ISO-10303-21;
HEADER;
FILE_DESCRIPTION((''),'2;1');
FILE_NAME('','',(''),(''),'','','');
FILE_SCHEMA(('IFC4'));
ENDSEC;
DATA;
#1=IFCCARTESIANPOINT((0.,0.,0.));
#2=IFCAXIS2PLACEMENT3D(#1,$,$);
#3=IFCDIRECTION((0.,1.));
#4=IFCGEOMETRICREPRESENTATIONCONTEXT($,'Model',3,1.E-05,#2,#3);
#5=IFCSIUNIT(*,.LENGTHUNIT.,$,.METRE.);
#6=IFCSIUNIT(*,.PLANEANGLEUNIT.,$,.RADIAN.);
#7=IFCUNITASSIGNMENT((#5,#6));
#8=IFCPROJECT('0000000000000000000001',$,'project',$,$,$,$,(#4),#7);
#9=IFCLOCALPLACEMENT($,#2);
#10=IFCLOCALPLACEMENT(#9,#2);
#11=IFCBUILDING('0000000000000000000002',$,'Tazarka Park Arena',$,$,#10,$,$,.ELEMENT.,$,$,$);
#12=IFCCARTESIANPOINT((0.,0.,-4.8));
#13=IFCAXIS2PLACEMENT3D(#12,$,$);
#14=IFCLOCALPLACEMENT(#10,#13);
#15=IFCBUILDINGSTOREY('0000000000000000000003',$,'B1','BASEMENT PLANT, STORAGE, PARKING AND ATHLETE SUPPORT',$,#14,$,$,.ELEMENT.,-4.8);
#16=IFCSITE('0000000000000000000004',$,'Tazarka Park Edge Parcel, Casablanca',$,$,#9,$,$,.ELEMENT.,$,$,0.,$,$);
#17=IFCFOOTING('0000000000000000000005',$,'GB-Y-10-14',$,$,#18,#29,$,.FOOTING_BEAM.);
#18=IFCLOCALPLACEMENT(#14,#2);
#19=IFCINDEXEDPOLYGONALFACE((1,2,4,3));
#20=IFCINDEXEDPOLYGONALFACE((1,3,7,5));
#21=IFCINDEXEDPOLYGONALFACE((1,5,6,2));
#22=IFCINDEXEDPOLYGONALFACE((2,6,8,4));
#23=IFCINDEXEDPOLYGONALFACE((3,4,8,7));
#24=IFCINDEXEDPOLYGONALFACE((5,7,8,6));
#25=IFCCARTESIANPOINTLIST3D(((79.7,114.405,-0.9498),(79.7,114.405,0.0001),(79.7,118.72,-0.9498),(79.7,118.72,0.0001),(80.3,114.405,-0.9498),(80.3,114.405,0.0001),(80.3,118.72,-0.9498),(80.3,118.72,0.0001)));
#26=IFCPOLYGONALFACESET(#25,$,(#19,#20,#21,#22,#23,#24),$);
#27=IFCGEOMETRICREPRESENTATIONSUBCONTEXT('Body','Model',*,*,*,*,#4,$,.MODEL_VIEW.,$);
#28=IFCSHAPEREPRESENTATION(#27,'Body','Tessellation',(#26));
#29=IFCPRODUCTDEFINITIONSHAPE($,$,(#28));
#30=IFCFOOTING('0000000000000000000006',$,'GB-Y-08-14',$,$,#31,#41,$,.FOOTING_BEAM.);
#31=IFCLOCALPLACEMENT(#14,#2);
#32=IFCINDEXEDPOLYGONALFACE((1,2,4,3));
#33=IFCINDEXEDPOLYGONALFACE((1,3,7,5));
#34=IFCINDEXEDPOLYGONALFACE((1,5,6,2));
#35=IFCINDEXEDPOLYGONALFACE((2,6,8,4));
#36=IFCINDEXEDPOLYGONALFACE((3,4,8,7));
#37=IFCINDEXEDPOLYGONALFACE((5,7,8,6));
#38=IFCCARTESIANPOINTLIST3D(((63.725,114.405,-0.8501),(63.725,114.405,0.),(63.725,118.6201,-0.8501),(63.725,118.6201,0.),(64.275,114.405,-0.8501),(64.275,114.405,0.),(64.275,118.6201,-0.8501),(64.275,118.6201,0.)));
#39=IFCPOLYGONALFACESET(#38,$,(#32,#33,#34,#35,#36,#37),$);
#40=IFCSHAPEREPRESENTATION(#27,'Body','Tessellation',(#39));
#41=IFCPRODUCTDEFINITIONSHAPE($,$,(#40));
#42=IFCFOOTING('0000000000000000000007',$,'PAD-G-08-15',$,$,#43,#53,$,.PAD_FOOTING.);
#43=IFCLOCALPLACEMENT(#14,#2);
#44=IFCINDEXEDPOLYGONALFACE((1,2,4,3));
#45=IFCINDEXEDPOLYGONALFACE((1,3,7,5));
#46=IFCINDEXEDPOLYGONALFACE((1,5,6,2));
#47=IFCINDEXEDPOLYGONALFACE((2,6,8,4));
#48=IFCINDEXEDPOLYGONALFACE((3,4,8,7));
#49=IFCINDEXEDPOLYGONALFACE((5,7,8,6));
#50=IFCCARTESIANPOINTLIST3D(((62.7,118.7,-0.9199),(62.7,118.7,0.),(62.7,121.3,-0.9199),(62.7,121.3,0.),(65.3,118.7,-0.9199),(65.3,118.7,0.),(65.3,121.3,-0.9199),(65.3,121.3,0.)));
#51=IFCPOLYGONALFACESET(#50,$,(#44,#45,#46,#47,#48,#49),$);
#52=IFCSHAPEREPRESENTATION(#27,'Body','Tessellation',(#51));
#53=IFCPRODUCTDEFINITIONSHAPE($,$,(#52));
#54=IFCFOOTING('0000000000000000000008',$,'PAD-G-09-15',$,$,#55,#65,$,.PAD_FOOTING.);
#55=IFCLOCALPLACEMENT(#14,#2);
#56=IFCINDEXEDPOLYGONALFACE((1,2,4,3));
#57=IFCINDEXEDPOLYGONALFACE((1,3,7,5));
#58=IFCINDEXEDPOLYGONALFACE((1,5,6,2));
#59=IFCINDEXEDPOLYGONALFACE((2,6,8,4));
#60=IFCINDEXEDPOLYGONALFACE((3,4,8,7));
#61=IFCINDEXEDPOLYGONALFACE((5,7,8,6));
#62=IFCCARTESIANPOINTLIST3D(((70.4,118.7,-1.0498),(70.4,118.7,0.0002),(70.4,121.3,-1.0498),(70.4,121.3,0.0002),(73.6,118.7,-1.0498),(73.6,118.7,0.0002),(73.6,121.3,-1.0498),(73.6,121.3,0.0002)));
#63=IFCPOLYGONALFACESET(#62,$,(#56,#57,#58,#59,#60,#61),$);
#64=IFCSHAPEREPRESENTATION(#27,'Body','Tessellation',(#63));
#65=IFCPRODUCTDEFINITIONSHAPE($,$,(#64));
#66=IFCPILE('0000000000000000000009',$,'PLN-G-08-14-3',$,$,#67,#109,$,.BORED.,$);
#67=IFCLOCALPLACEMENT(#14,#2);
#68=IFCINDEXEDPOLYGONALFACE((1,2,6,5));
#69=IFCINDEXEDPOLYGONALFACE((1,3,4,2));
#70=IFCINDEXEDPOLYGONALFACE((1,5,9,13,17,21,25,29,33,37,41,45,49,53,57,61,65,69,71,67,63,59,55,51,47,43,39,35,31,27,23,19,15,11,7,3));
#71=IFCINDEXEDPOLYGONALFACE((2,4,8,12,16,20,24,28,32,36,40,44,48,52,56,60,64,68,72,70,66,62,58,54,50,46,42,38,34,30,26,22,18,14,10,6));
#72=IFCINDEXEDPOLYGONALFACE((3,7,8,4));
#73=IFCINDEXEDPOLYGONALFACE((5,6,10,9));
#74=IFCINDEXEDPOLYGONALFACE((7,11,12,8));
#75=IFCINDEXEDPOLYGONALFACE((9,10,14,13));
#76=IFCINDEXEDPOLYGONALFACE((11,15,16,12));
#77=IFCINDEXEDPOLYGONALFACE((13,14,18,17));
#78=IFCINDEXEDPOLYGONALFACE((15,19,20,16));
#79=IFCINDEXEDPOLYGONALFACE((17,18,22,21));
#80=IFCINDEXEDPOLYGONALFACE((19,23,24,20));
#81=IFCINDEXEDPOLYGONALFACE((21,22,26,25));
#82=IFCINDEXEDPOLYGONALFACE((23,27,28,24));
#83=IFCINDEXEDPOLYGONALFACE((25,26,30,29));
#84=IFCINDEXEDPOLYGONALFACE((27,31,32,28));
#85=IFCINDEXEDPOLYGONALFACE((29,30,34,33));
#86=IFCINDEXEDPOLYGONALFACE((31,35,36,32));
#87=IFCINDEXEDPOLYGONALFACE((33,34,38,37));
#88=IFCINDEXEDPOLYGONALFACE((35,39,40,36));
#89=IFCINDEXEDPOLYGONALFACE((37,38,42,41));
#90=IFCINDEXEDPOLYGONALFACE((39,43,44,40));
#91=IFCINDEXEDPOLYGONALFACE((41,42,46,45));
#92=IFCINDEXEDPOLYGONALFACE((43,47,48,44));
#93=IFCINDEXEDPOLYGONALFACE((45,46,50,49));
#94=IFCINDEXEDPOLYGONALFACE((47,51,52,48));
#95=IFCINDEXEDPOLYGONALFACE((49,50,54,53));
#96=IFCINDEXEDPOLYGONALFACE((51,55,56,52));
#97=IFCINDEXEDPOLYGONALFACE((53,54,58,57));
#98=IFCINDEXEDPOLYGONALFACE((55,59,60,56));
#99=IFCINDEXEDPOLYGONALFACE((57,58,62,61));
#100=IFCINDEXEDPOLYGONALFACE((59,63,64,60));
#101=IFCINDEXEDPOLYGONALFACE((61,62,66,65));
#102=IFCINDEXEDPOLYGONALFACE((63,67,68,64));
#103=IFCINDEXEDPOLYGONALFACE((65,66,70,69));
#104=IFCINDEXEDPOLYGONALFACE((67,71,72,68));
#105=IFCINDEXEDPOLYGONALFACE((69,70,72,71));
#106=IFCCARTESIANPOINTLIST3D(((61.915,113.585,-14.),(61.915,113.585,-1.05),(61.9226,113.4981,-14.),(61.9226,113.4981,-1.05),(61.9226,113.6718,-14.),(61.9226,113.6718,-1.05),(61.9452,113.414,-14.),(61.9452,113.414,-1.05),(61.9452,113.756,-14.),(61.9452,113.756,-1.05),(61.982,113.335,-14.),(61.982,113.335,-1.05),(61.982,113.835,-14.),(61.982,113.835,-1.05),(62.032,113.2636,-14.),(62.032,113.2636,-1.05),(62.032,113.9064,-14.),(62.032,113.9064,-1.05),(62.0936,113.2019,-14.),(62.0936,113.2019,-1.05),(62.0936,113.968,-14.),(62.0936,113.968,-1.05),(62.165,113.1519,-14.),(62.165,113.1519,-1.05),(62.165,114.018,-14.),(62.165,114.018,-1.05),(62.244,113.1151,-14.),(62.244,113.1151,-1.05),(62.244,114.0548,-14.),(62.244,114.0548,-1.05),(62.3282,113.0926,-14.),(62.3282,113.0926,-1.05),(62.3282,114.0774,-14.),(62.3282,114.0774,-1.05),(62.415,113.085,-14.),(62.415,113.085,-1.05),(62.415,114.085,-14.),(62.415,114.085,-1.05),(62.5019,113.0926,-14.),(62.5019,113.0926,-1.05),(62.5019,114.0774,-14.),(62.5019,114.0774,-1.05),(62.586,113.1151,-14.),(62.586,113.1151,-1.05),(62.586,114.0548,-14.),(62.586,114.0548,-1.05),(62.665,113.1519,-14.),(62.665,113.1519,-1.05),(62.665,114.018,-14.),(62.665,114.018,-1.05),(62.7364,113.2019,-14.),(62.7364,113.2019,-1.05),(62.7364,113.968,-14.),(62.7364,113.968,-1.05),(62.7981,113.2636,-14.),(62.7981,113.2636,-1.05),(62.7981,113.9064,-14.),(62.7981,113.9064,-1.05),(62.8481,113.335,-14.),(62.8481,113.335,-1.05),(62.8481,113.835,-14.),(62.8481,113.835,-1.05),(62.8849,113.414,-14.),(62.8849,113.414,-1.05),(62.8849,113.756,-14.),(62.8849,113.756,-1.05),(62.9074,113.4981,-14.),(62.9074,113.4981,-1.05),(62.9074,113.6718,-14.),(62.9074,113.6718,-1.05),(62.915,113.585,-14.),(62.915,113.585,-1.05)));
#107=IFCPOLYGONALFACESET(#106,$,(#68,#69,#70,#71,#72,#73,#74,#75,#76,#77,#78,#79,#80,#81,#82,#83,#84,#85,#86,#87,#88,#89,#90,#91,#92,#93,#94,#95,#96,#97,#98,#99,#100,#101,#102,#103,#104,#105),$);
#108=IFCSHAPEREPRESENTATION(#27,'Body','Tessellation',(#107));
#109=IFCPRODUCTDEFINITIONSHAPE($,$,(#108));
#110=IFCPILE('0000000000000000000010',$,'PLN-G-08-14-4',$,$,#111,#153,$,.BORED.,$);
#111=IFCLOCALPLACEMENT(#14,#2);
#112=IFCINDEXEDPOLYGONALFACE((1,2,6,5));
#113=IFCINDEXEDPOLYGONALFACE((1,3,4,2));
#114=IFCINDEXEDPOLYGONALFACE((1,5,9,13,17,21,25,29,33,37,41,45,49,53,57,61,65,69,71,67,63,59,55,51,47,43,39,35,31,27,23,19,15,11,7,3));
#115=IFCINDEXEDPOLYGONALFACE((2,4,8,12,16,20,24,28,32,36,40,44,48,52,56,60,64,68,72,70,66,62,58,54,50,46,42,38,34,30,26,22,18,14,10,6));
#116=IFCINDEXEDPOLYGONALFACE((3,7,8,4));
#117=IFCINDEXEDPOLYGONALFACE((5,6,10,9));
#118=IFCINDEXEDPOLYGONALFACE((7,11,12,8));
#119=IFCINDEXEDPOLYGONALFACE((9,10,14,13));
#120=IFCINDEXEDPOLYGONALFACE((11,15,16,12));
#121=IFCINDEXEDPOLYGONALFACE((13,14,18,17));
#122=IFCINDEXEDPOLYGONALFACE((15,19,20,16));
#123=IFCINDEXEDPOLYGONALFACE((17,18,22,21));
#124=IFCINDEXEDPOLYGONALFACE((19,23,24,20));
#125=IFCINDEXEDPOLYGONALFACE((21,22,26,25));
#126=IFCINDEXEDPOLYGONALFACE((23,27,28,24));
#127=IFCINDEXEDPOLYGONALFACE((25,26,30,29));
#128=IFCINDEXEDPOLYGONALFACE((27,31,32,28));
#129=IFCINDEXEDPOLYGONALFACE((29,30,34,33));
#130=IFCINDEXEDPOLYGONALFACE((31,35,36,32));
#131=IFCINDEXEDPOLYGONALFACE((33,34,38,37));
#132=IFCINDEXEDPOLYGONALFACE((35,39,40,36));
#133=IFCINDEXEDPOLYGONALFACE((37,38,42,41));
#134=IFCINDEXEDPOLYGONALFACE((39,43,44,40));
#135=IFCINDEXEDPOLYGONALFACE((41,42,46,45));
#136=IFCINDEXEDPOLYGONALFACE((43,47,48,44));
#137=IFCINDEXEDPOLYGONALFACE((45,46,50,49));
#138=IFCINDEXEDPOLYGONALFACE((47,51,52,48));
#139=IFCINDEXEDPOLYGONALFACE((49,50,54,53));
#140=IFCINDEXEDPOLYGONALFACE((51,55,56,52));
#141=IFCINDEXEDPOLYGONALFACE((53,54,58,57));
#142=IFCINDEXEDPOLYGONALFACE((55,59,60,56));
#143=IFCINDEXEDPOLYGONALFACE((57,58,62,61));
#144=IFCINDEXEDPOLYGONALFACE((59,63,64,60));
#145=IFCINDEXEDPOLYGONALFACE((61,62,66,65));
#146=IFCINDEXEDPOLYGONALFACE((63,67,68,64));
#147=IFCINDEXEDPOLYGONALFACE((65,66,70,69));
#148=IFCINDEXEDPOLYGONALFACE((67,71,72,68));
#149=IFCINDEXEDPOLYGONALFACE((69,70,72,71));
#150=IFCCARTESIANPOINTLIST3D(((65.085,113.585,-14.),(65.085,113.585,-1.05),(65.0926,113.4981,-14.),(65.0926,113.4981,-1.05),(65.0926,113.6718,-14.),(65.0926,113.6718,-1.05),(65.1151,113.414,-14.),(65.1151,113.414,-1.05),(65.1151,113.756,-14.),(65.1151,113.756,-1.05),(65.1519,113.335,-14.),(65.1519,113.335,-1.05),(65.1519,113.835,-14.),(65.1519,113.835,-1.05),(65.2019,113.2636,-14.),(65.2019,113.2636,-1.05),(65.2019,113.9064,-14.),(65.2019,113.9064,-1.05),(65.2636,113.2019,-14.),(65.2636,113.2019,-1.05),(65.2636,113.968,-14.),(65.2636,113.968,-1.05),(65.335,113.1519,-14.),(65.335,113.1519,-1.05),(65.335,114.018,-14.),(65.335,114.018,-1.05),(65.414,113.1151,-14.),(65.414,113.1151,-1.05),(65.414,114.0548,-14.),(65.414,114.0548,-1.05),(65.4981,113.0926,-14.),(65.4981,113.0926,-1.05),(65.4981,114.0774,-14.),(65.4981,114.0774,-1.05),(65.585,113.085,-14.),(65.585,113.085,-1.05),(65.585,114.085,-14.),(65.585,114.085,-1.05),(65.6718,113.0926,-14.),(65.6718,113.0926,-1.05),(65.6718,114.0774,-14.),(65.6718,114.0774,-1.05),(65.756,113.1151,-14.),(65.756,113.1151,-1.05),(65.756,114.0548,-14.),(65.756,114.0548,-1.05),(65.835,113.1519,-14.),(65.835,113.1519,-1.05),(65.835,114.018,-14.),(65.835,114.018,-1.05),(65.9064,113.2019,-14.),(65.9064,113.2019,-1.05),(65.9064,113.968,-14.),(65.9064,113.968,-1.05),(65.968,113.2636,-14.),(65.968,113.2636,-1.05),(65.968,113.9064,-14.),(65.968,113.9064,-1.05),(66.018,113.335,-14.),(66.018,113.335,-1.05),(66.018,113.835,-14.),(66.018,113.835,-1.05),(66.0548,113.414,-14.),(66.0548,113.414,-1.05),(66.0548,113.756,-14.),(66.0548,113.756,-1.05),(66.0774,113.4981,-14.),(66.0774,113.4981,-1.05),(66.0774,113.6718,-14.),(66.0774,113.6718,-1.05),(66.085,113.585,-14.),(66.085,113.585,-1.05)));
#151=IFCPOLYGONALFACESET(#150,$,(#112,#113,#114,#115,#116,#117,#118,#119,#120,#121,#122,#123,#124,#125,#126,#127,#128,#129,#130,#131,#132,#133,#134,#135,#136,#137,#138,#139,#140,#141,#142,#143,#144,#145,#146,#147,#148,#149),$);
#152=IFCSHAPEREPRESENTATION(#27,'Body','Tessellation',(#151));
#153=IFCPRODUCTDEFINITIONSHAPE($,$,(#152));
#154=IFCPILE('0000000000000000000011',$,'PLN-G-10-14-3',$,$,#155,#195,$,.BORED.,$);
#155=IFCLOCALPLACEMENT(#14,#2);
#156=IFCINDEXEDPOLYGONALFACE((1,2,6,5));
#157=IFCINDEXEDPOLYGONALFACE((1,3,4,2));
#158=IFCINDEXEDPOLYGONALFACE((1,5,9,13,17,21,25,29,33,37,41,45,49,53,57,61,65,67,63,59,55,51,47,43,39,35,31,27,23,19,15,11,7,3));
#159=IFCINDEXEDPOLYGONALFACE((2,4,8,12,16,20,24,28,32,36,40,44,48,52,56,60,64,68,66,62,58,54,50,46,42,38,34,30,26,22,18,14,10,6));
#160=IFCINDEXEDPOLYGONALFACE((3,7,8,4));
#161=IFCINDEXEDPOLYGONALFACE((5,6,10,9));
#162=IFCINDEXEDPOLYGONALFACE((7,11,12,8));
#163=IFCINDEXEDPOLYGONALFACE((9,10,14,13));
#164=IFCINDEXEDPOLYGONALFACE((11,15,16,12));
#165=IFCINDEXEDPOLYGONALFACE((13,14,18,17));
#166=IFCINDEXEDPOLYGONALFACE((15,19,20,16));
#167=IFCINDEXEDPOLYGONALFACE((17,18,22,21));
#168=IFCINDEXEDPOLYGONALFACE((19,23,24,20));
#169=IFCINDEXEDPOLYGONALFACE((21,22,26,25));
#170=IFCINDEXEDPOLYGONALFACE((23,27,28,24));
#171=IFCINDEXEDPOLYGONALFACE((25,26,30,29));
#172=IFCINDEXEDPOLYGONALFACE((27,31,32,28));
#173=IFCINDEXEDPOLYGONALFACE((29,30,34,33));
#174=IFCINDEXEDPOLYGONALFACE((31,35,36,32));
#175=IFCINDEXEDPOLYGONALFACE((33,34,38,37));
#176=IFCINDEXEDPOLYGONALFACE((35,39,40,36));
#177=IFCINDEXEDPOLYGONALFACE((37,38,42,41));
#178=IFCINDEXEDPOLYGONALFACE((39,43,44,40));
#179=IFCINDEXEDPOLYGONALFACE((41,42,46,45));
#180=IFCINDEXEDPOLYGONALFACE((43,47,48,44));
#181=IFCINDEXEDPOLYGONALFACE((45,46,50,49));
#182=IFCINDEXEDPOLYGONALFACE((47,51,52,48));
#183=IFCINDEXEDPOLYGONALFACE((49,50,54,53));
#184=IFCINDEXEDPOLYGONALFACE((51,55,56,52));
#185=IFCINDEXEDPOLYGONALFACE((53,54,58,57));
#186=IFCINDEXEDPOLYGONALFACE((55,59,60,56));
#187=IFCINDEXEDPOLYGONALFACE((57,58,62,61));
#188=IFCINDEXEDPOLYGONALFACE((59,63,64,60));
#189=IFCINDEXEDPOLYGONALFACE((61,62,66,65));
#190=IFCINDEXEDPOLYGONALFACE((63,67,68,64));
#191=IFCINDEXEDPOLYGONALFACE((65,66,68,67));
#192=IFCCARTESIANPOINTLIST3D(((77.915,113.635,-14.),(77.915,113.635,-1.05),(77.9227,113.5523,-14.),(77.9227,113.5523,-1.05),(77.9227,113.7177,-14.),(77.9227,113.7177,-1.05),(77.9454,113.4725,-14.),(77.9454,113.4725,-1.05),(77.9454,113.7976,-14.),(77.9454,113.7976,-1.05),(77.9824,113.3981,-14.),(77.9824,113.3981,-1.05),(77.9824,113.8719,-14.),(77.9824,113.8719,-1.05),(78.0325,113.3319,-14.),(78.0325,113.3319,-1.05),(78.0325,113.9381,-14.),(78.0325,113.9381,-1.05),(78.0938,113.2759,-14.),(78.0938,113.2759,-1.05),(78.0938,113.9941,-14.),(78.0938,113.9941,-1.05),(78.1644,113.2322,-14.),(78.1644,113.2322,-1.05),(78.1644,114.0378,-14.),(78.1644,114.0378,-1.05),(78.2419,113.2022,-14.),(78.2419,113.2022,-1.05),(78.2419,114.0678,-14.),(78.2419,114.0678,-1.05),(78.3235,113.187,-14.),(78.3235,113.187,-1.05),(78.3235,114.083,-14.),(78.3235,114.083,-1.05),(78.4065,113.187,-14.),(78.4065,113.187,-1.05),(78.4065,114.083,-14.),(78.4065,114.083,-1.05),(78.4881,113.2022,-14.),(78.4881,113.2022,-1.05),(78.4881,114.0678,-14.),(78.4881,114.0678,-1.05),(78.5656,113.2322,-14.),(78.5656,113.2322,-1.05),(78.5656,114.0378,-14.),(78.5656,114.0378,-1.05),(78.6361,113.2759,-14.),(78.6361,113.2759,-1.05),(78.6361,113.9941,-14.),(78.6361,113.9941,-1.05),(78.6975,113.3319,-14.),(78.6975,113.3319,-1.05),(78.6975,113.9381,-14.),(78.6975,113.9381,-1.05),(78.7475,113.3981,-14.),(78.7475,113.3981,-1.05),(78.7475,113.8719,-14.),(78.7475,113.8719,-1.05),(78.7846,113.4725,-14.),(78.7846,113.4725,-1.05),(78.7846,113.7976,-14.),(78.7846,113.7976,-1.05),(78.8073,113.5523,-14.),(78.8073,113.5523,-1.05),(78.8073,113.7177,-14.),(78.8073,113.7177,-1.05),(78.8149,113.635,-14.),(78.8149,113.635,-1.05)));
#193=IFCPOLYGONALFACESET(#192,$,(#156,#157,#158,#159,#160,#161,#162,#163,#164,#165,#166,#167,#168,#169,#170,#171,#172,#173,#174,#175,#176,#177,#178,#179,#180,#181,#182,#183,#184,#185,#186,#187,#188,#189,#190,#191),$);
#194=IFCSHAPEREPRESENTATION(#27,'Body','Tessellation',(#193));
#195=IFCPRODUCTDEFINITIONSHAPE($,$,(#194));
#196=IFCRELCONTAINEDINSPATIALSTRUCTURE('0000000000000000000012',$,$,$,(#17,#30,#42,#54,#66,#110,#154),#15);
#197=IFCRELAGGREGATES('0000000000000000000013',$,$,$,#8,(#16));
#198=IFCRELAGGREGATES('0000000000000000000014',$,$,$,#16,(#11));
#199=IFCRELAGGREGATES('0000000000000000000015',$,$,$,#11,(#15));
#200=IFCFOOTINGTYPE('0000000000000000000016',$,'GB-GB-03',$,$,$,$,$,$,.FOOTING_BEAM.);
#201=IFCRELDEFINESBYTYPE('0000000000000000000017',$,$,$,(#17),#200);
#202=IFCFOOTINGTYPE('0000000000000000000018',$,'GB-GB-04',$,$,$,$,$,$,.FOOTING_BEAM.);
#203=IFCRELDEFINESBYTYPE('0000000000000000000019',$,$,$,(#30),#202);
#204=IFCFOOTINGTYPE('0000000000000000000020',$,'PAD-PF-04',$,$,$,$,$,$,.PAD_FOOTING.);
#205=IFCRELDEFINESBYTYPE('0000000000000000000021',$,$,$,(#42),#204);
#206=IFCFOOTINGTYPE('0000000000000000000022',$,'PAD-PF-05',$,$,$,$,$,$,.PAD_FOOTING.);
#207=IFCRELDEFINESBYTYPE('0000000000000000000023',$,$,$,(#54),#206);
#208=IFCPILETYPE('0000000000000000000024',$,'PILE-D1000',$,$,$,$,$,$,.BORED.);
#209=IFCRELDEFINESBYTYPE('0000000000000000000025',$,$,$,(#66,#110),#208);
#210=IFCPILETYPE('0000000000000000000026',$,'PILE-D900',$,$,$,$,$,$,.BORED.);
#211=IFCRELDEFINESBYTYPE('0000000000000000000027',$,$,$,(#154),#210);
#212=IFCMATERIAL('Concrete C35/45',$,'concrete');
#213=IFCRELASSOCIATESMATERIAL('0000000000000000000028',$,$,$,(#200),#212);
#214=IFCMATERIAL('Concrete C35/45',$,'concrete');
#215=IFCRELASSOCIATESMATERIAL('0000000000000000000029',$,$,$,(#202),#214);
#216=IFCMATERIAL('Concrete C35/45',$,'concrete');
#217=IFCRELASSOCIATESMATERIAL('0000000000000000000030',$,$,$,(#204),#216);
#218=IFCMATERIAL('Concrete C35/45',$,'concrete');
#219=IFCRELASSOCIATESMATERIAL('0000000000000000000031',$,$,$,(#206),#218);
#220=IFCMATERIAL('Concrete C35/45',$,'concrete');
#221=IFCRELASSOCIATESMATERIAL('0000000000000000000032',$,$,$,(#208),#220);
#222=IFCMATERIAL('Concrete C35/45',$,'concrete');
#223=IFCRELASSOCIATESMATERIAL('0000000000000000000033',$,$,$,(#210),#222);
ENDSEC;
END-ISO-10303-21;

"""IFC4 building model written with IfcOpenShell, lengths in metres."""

from ifc_helpers import new_model, si_unit, direction, frame, origin, origin_2d, place, context, subcontext, project, spatial, rectangle, circle, extrude, material, material_profile, profile_set, type_object, element, save


model = new_model("IFC4")

# Units and contexts
model_context = context("Model", 3, precision=1e-05, world=origin(), true_north=direction((0.0, 1.0)))
body_context = subcontext(model_context, "Body", "Model", "MODEL_VIEW")
ifc_project = project(units=[si_unit("LENGTHUNIT", "METRE"), si_unit("PLANEANGLEUNIT", "RADIAN")], contexts=[model_context])

# Site, building, storey
site_placement = place(None, origin())
site = spatial("IfcSite", under=ifc_project, at=site_placement, Name="Tazarka Park Edge Parcel, Casablanca", CompositionType="ELEMENT", RefElevation=0.0)
building_placement = place(site_placement, origin())
building = spatial("IfcBuilding", under=site, at=building_placement, Name="Tazarka Park Arena", CompositionType="ELEMENT")
storey_placement = place(building_placement, frame((0.0, 0.0, -4.8)))
storey = spatial("IfcBuildingStorey", under=building, at=storey_placement, Name="B1", Description="BASEMENT PLANT, STORAGE, PARKING AND ATHLETE SUPPORT", CompositionType="ELEMENT", Elevation=-4.8)

# Footings
ifc_material_1 = material(Name="Concrete C35/45", Category="concrete")
ifc_material_profile_1 = material_profile(ifc_material_1, rectangle(XDim=0.6001, YDim=0.95, at=origin_2d()), Name="Concrete C35/45")
ifc_profile_set_1 = profile_set([ifc_material_profile_1], Name="Concrete C35/45")
footing_type_1 = type_object("IfcFootingType", Name="GB-GB-03", PredefinedType="FOOTING_BEAM", material=ifc_profile_set_1)
footing_1_placement = place(storey_placement, frame((80.0, 114.405, -0.4749), z_axis=(0.0, 1.0, 0.0), x_axis=(-1.0, 0.0, 0.0)))
element("IfcFooting", 1, at=footing_1_placement, inside=storey, type_object=footing_type_1, Name="GB-Y-10-14", PredefinedType="FOOTING_BEAM", context=body_context, shape_type="SweptSolid", body=[
    extrude(rectangle(XDim=0.6001, YDim=0.95, at=origin_2d()), origin(), (0.0, 0.0, 1.0), 4.3149),
])
ifc_material_2 = material(Name="Concrete C35/45", Category="concrete")
ifc_material_profile_2 = material_profile(ifc_material_2, rectangle(XDim=0.55, YDim=0.8501, at=origin_2d()), Name="Concrete C35/45")
ifc_profile_set_2 = profile_set([ifc_material_profile_2], Name="Concrete C35/45")
footing_type_2 = type_object("IfcFootingType", Name="GB-GB-04", PredefinedType="FOOTING_BEAM", material=ifc_profile_set_2)
footing_2_placement = place(storey_placement, frame((64.0, 114.405, -0.425), z_axis=(0.0, 1.0, 0.0), x_axis=(-1.0, 0.0, 0.0)))
element("IfcFooting", 2, at=footing_2_placement, inside=storey, type_object=footing_type_2, Name="GB-Y-08-14", PredefinedType="FOOTING_BEAM", context=body_context, shape_type="SweptSolid", body=[
    extrude(rectangle(XDim=0.55, YDim=0.8501, at=origin_2d()), origin(), (0.0, 0.0, 1.0), 4.2151),
])
ifc_material_3 = material(Name="Concrete C35/45", Category="concrete")
footing_type_3 = type_object("IfcFootingType", Name="PAD-PF-04", PredefinedType="PAD_FOOTING", material=ifc_material_3)
footing_3_placement = place(storey_placement, frame((64.0, 120.0, -0.9199), z_axis=(0.0, 0.0, 1.0), x_axis=(1.0, 0.0, 0.0)))
element("IfcFooting", 3, at=footing_3_placement, inside=storey, type_object=footing_type_3, Name="PAD-G-08-15", PredefinedType="PAD_FOOTING", context=body_context, shape_type="SweptSolid", body=[
    extrude(rectangle(XDim=2.6001, YDim=2.6001, at=origin_2d()), origin(), (0.0, 0.0, 1.0), 0.9199),
])
ifc_material_4 = material(Name="Concrete C35/45", Category="concrete")
footing_type_4 = type_object("IfcFootingType", Name="PAD-PF-05", PredefinedType="PAD_FOOTING", material=ifc_material_4)
footing_4_placement = place(storey_placement, frame((72.0, 120.0, -1.0498), z_axis=(0.0, 0.0, 1.0), x_axis=(1.0, 0.0, 0.0)))
element("IfcFooting", 4, at=footing_4_placement, inside=storey, type_object=footing_type_4, Name="PAD-G-09-15", PredefinedType="PAD_FOOTING", context=body_context, shape_type="SweptSolid", body=[
    extrude(rectangle(XDim=3.2, YDim=2.6001, at=origin_2d()), origin(), (0.0, 0.0, 1.0), 1.05),
])

# Piles
ifc_material_5 = material(Name="Concrete C35/45", Category="concrete")
ifc_material_profile_3 = material_profile(ifc_material_5, circle(Radius=0.5, at=origin_2d()), Name="Concrete C35/45")
ifc_profile_set_3 = profile_set([ifc_material_profile_3], Name="Concrete C35/45")
pile_type_1 = type_object("IfcPileType", Name="PILE-D1000", PredefinedType="BORED", material=ifc_profile_set_3)
for number, where, z_axis, x_axis, name in (
    (5, (62.415, 113.585, -1.05), (0.0, 0.0, -1.0), (1.0, 0.0, 0.0), "PLN-G-08-14-3"),
    (6, (65.585, 113.585, -1.05), (0.0, 0.0, -1.0), (1.0, 0.0, 0.0), "PLN-G-08-14-4"),
):
    element("IfcPile", number, at=place(storey_placement, frame(where, z_axis=z_axis, x_axis=x_axis)), inside=storey, type_object=pile_type_1, Name=name, PredefinedType="BORED", context=body_context, shape_type="SweptSolid", body=[
        extrude(circle(Radius=0.5, at=origin_2d()), origin(), (0.0, 0.0, 1.0), 12.95),
    ])
ifc_material_6 = material(Name="Concrete C35/45", Category="concrete")
ifc_material_profile_4 = material_profile(ifc_material_6, circle(Radius=0.45, at=origin_2d()), Name="Concrete C35/45")
ifc_profile_set_4 = profile_set([ifc_material_profile_4], Name="Concrete C35/45")
pile_type_2 = type_object("IfcPileType", Name="PILE-D900", PredefinedType="BORED", material=ifc_profile_set_4)
pile_placement = place(storey_placement, frame((78.365, 113.635, -1.05), z_axis=(0.0, 0.0, -1.0), x_axis=(1.0, 0.0, 0.0)))
element("IfcPile", 7, at=pile_placement, inside=storey, type_object=pile_type_2, Name="PLN-G-10-14-3", PredefinedType="BORED", context=body_context, shape_type="SweptSolid", body=[
    extrude(circle(Radius=0.45, at=origin_2d()), origin(), (0.0, 0.0, 1.0), 12.95),
])

save(model, "model.ifc")
